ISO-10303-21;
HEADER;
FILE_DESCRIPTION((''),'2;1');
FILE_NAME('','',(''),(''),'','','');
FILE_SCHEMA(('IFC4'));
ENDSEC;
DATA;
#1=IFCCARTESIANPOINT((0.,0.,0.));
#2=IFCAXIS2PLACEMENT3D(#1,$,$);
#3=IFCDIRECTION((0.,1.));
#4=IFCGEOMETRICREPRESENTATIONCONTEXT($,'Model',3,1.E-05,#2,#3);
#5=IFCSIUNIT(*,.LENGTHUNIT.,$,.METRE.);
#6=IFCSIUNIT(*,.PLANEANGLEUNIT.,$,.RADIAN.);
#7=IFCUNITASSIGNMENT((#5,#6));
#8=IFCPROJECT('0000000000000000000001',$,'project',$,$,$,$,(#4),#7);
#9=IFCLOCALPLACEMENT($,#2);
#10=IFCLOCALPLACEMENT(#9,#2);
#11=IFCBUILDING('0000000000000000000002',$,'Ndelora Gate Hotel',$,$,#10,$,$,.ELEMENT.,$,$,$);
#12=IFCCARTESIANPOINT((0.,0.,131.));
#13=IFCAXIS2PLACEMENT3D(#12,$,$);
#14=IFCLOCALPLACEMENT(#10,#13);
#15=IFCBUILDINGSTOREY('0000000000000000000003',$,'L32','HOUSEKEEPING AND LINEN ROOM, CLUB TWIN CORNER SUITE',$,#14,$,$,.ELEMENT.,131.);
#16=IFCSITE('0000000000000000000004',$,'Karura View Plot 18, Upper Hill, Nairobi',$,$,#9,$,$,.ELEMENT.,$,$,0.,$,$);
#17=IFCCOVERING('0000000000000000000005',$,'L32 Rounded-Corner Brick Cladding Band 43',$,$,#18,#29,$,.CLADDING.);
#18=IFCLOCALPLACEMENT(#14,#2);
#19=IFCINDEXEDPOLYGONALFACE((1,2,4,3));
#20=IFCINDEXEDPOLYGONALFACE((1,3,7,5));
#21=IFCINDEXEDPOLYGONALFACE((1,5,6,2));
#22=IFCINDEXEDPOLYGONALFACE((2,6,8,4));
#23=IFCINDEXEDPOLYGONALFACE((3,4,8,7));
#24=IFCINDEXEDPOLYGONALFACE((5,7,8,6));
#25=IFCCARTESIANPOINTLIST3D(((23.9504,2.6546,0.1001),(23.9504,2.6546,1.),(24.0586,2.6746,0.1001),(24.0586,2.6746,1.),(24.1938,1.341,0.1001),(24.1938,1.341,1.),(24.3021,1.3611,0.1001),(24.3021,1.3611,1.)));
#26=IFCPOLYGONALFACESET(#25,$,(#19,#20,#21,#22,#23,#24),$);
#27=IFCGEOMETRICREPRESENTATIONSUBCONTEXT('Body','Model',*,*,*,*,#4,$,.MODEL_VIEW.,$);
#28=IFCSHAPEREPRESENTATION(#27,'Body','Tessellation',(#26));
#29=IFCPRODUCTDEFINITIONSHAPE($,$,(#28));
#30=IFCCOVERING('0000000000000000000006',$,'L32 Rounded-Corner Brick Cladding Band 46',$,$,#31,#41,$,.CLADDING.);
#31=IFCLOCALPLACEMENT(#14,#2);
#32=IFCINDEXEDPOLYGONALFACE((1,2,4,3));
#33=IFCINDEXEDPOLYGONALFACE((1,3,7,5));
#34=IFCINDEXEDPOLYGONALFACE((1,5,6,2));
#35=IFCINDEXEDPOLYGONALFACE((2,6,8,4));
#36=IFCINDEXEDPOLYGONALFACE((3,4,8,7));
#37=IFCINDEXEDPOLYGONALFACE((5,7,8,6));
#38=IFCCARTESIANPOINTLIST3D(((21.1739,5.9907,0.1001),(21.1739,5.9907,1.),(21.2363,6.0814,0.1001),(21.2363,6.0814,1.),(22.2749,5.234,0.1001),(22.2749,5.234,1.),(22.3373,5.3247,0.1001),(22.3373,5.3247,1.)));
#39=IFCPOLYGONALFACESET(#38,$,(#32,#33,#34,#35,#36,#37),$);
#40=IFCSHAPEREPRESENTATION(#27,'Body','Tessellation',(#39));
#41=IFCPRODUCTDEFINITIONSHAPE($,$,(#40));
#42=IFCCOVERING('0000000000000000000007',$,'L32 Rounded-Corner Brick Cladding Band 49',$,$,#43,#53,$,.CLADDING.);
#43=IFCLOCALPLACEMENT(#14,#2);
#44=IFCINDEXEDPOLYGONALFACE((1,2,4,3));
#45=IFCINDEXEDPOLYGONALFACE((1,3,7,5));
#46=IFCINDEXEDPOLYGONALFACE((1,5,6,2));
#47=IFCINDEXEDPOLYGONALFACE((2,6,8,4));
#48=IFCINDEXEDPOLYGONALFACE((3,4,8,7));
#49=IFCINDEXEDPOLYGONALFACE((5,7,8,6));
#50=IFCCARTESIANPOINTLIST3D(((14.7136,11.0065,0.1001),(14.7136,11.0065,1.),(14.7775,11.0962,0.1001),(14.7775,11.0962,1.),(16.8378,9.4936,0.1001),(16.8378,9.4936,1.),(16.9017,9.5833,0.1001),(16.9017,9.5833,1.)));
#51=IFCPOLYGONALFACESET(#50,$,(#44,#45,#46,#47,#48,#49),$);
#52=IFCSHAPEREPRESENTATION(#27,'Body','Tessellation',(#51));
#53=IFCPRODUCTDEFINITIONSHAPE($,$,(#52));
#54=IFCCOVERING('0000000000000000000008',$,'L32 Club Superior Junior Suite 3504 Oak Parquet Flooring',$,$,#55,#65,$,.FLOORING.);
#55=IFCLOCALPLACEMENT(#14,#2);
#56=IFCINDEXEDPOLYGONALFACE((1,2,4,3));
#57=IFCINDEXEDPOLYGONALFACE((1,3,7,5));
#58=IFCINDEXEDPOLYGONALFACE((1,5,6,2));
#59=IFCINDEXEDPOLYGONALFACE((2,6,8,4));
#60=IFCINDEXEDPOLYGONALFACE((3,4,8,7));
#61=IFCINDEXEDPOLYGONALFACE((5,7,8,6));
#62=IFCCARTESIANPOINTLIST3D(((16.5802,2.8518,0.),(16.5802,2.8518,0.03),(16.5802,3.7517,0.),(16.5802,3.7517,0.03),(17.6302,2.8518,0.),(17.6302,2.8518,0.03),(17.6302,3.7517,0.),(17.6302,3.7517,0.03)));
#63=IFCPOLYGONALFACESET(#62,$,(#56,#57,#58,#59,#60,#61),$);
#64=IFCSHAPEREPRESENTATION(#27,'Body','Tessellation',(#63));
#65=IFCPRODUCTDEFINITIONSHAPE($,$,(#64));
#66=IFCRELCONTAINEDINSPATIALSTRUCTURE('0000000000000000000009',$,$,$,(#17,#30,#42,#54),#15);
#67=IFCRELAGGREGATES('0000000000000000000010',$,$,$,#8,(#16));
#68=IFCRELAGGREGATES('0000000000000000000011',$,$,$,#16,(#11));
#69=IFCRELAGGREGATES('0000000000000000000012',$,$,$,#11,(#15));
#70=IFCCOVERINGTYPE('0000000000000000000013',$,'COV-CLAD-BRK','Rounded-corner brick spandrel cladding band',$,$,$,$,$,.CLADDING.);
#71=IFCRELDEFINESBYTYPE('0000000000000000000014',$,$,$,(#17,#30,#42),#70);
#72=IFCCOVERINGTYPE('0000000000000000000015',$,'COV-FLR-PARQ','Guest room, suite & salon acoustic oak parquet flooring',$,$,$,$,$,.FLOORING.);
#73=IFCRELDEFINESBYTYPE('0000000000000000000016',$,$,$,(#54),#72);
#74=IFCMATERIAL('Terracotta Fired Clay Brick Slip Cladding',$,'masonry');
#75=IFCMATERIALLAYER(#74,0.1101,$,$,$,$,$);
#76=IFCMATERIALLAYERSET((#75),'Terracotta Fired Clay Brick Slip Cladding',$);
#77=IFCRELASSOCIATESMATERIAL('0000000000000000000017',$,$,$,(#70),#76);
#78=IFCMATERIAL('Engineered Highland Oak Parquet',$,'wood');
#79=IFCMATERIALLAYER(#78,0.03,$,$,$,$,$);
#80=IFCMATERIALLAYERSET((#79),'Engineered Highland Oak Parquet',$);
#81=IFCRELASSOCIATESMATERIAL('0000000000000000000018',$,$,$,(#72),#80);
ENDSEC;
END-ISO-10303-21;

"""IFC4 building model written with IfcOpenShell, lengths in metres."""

from ifc_helpers import new_model, si_unit, direction, frame, origin, origin_2d, place, context, subcontext, project, spatial, rectangle, extrude, material, layer, layer_set, type_object, element, save


model = new_model("IFC4")

# Units and contexts
model_context = context("Model", 3, precision=1e-05, world=origin(), true_north=direction((0.0, 1.0)))
body_context = subcontext(model_context, "Body", "Model", "MODEL_VIEW")
ifc_project = project(units=[si_unit("LENGTHUNIT", "METRE"), si_unit("PLANEANGLEUNIT", "RADIAN")], contexts=[model_context])

# Site, building, storey
site_placement = place(None, origin())
site = spatial("IfcSite", under=ifc_project, at=site_placement, Name="Karura View Plot 18, Upper Hill, Nairobi", CompositionType="ELEMENT", RefElevation=0.0)
building_placement = place(site_placement, origin())
building = spatial("IfcBuilding", under=site, at=building_placement, Name="Ndelora Gate Hotel", CompositionType="ELEMENT")
storey_placement = place(building_placement, frame((0.0, 0.0, 131.0)))
storey = spatial("IfcBuildingStorey", under=building, at=storey_placement, Name="L32", Description="HOUSEKEEPING AND LINEN ROOM, CLUB TWIN CORNER SUITE", CompositionType="ELEMENT", Elevation=131.0)

# Coverings
ifc_material_1 = material(Name="Terracotta Fired Clay Brick Slip Cladding", Category="masonry")
ifc_layer_1 = layer(ifc_material_1, 0.1101)
ifc_layer_set_1 = layer_set([ifc_layer_1], Name="Terracotta Fired Clay Brick Slip Cladding")
covering_type_1 = type_object("IfcCoveringType", Name="COV-CLAD-BRK", Description="Rounded-corner brick spandrel cladding band", PredefinedType="CLADDING", material=ifc_layer_set_1)
for number, where, z_axis, x_axis, name in (
    (1, (24.1262, 2.0078, 0.1001), (0.0, 0.0, 1.0), (-0.182236, 0.983255, 0.0), "L32 Rounded-Corner Brick Cladding Band 43"),
    (2, (21.7556, 5.6577, 0.1001), (0.0, 0.0, 1.0), (-0.824126, 0.566406, 0.0), "L32 Rounded-Corner Brick Cladding Band 46"),
):
    element("IfcCovering", number, at=place(storey_placement, frame(where, z_axis=z_axis, x_axis=x_axis)), inside=storey, type_object=covering_type_1, Name=name, PredefinedType="CLADDING", context=body_context, shape_type="SweptSolid", body=[
        extrude(rectangle(XDim=1.3359, YDim=0.1101, at=origin_2d()), origin(), (0.0, 0.0, 1.0), 0.8999),
    ])
covering_1_placement = place(storey_placement, frame((15.8076, 10.2949, 0.1001), z_axis=(0.0, 0.0, 1.0), x_axis=(-0.814521, 0.580134, 0.0)))
element("IfcCovering", 3, at=covering_1_placement, inside=storey, type_object=covering_type_1, Name="L32 Rounded-Corner Brick Cladding Band 49", PredefinedType="CLADDING", context=body_context, shape_type="SweptSolid", body=[
    extrude(rectangle(XDim=2.6079, YDim=0.1101, at=origin_2d()), origin(), (0.0, 0.0, 1.0), 0.8999),
])
ifc_material_2 = material(Name="Engineered Highland Oak Parquet", Category="wood")
ifc_layer_2 = layer(ifc_material_2, 0.03)
ifc_layer_set_2 = layer_set([ifc_layer_2], Name="Engineered Highland Oak Parquet")
covering_type_2 = type_object("IfcCoveringType", Name="COV-FLR-PARQ", Description="Guest room, suite & salon acoustic oak parquet flooring", PredefinedType="FLOORING", material=ifc_layer_set_2)
covering_2_placement = place(storey_placement, frame((17.1052, 3.3018, 0.0), z_axis=(0.0, 0.0, 1.0), x_axis=(1.0, 0.0, 0.0)))
element("IfcCovering", 4, at=covering_2_placement, inside=storey, type_object=covering_type_2, Name="L32 Club Superior Junior Suite 3504 Oak Parquet Flooring", PredefinedType="FLOORING", context=body_context, shape_type="SweptSolid", body=[
    extrude(rectangle(XDim=1.05, YDim=0.8999, at=origin_2d()), origin(), (0.0, 0.0, 1.0), 0.03),
])

save(model, "model.ifc")
